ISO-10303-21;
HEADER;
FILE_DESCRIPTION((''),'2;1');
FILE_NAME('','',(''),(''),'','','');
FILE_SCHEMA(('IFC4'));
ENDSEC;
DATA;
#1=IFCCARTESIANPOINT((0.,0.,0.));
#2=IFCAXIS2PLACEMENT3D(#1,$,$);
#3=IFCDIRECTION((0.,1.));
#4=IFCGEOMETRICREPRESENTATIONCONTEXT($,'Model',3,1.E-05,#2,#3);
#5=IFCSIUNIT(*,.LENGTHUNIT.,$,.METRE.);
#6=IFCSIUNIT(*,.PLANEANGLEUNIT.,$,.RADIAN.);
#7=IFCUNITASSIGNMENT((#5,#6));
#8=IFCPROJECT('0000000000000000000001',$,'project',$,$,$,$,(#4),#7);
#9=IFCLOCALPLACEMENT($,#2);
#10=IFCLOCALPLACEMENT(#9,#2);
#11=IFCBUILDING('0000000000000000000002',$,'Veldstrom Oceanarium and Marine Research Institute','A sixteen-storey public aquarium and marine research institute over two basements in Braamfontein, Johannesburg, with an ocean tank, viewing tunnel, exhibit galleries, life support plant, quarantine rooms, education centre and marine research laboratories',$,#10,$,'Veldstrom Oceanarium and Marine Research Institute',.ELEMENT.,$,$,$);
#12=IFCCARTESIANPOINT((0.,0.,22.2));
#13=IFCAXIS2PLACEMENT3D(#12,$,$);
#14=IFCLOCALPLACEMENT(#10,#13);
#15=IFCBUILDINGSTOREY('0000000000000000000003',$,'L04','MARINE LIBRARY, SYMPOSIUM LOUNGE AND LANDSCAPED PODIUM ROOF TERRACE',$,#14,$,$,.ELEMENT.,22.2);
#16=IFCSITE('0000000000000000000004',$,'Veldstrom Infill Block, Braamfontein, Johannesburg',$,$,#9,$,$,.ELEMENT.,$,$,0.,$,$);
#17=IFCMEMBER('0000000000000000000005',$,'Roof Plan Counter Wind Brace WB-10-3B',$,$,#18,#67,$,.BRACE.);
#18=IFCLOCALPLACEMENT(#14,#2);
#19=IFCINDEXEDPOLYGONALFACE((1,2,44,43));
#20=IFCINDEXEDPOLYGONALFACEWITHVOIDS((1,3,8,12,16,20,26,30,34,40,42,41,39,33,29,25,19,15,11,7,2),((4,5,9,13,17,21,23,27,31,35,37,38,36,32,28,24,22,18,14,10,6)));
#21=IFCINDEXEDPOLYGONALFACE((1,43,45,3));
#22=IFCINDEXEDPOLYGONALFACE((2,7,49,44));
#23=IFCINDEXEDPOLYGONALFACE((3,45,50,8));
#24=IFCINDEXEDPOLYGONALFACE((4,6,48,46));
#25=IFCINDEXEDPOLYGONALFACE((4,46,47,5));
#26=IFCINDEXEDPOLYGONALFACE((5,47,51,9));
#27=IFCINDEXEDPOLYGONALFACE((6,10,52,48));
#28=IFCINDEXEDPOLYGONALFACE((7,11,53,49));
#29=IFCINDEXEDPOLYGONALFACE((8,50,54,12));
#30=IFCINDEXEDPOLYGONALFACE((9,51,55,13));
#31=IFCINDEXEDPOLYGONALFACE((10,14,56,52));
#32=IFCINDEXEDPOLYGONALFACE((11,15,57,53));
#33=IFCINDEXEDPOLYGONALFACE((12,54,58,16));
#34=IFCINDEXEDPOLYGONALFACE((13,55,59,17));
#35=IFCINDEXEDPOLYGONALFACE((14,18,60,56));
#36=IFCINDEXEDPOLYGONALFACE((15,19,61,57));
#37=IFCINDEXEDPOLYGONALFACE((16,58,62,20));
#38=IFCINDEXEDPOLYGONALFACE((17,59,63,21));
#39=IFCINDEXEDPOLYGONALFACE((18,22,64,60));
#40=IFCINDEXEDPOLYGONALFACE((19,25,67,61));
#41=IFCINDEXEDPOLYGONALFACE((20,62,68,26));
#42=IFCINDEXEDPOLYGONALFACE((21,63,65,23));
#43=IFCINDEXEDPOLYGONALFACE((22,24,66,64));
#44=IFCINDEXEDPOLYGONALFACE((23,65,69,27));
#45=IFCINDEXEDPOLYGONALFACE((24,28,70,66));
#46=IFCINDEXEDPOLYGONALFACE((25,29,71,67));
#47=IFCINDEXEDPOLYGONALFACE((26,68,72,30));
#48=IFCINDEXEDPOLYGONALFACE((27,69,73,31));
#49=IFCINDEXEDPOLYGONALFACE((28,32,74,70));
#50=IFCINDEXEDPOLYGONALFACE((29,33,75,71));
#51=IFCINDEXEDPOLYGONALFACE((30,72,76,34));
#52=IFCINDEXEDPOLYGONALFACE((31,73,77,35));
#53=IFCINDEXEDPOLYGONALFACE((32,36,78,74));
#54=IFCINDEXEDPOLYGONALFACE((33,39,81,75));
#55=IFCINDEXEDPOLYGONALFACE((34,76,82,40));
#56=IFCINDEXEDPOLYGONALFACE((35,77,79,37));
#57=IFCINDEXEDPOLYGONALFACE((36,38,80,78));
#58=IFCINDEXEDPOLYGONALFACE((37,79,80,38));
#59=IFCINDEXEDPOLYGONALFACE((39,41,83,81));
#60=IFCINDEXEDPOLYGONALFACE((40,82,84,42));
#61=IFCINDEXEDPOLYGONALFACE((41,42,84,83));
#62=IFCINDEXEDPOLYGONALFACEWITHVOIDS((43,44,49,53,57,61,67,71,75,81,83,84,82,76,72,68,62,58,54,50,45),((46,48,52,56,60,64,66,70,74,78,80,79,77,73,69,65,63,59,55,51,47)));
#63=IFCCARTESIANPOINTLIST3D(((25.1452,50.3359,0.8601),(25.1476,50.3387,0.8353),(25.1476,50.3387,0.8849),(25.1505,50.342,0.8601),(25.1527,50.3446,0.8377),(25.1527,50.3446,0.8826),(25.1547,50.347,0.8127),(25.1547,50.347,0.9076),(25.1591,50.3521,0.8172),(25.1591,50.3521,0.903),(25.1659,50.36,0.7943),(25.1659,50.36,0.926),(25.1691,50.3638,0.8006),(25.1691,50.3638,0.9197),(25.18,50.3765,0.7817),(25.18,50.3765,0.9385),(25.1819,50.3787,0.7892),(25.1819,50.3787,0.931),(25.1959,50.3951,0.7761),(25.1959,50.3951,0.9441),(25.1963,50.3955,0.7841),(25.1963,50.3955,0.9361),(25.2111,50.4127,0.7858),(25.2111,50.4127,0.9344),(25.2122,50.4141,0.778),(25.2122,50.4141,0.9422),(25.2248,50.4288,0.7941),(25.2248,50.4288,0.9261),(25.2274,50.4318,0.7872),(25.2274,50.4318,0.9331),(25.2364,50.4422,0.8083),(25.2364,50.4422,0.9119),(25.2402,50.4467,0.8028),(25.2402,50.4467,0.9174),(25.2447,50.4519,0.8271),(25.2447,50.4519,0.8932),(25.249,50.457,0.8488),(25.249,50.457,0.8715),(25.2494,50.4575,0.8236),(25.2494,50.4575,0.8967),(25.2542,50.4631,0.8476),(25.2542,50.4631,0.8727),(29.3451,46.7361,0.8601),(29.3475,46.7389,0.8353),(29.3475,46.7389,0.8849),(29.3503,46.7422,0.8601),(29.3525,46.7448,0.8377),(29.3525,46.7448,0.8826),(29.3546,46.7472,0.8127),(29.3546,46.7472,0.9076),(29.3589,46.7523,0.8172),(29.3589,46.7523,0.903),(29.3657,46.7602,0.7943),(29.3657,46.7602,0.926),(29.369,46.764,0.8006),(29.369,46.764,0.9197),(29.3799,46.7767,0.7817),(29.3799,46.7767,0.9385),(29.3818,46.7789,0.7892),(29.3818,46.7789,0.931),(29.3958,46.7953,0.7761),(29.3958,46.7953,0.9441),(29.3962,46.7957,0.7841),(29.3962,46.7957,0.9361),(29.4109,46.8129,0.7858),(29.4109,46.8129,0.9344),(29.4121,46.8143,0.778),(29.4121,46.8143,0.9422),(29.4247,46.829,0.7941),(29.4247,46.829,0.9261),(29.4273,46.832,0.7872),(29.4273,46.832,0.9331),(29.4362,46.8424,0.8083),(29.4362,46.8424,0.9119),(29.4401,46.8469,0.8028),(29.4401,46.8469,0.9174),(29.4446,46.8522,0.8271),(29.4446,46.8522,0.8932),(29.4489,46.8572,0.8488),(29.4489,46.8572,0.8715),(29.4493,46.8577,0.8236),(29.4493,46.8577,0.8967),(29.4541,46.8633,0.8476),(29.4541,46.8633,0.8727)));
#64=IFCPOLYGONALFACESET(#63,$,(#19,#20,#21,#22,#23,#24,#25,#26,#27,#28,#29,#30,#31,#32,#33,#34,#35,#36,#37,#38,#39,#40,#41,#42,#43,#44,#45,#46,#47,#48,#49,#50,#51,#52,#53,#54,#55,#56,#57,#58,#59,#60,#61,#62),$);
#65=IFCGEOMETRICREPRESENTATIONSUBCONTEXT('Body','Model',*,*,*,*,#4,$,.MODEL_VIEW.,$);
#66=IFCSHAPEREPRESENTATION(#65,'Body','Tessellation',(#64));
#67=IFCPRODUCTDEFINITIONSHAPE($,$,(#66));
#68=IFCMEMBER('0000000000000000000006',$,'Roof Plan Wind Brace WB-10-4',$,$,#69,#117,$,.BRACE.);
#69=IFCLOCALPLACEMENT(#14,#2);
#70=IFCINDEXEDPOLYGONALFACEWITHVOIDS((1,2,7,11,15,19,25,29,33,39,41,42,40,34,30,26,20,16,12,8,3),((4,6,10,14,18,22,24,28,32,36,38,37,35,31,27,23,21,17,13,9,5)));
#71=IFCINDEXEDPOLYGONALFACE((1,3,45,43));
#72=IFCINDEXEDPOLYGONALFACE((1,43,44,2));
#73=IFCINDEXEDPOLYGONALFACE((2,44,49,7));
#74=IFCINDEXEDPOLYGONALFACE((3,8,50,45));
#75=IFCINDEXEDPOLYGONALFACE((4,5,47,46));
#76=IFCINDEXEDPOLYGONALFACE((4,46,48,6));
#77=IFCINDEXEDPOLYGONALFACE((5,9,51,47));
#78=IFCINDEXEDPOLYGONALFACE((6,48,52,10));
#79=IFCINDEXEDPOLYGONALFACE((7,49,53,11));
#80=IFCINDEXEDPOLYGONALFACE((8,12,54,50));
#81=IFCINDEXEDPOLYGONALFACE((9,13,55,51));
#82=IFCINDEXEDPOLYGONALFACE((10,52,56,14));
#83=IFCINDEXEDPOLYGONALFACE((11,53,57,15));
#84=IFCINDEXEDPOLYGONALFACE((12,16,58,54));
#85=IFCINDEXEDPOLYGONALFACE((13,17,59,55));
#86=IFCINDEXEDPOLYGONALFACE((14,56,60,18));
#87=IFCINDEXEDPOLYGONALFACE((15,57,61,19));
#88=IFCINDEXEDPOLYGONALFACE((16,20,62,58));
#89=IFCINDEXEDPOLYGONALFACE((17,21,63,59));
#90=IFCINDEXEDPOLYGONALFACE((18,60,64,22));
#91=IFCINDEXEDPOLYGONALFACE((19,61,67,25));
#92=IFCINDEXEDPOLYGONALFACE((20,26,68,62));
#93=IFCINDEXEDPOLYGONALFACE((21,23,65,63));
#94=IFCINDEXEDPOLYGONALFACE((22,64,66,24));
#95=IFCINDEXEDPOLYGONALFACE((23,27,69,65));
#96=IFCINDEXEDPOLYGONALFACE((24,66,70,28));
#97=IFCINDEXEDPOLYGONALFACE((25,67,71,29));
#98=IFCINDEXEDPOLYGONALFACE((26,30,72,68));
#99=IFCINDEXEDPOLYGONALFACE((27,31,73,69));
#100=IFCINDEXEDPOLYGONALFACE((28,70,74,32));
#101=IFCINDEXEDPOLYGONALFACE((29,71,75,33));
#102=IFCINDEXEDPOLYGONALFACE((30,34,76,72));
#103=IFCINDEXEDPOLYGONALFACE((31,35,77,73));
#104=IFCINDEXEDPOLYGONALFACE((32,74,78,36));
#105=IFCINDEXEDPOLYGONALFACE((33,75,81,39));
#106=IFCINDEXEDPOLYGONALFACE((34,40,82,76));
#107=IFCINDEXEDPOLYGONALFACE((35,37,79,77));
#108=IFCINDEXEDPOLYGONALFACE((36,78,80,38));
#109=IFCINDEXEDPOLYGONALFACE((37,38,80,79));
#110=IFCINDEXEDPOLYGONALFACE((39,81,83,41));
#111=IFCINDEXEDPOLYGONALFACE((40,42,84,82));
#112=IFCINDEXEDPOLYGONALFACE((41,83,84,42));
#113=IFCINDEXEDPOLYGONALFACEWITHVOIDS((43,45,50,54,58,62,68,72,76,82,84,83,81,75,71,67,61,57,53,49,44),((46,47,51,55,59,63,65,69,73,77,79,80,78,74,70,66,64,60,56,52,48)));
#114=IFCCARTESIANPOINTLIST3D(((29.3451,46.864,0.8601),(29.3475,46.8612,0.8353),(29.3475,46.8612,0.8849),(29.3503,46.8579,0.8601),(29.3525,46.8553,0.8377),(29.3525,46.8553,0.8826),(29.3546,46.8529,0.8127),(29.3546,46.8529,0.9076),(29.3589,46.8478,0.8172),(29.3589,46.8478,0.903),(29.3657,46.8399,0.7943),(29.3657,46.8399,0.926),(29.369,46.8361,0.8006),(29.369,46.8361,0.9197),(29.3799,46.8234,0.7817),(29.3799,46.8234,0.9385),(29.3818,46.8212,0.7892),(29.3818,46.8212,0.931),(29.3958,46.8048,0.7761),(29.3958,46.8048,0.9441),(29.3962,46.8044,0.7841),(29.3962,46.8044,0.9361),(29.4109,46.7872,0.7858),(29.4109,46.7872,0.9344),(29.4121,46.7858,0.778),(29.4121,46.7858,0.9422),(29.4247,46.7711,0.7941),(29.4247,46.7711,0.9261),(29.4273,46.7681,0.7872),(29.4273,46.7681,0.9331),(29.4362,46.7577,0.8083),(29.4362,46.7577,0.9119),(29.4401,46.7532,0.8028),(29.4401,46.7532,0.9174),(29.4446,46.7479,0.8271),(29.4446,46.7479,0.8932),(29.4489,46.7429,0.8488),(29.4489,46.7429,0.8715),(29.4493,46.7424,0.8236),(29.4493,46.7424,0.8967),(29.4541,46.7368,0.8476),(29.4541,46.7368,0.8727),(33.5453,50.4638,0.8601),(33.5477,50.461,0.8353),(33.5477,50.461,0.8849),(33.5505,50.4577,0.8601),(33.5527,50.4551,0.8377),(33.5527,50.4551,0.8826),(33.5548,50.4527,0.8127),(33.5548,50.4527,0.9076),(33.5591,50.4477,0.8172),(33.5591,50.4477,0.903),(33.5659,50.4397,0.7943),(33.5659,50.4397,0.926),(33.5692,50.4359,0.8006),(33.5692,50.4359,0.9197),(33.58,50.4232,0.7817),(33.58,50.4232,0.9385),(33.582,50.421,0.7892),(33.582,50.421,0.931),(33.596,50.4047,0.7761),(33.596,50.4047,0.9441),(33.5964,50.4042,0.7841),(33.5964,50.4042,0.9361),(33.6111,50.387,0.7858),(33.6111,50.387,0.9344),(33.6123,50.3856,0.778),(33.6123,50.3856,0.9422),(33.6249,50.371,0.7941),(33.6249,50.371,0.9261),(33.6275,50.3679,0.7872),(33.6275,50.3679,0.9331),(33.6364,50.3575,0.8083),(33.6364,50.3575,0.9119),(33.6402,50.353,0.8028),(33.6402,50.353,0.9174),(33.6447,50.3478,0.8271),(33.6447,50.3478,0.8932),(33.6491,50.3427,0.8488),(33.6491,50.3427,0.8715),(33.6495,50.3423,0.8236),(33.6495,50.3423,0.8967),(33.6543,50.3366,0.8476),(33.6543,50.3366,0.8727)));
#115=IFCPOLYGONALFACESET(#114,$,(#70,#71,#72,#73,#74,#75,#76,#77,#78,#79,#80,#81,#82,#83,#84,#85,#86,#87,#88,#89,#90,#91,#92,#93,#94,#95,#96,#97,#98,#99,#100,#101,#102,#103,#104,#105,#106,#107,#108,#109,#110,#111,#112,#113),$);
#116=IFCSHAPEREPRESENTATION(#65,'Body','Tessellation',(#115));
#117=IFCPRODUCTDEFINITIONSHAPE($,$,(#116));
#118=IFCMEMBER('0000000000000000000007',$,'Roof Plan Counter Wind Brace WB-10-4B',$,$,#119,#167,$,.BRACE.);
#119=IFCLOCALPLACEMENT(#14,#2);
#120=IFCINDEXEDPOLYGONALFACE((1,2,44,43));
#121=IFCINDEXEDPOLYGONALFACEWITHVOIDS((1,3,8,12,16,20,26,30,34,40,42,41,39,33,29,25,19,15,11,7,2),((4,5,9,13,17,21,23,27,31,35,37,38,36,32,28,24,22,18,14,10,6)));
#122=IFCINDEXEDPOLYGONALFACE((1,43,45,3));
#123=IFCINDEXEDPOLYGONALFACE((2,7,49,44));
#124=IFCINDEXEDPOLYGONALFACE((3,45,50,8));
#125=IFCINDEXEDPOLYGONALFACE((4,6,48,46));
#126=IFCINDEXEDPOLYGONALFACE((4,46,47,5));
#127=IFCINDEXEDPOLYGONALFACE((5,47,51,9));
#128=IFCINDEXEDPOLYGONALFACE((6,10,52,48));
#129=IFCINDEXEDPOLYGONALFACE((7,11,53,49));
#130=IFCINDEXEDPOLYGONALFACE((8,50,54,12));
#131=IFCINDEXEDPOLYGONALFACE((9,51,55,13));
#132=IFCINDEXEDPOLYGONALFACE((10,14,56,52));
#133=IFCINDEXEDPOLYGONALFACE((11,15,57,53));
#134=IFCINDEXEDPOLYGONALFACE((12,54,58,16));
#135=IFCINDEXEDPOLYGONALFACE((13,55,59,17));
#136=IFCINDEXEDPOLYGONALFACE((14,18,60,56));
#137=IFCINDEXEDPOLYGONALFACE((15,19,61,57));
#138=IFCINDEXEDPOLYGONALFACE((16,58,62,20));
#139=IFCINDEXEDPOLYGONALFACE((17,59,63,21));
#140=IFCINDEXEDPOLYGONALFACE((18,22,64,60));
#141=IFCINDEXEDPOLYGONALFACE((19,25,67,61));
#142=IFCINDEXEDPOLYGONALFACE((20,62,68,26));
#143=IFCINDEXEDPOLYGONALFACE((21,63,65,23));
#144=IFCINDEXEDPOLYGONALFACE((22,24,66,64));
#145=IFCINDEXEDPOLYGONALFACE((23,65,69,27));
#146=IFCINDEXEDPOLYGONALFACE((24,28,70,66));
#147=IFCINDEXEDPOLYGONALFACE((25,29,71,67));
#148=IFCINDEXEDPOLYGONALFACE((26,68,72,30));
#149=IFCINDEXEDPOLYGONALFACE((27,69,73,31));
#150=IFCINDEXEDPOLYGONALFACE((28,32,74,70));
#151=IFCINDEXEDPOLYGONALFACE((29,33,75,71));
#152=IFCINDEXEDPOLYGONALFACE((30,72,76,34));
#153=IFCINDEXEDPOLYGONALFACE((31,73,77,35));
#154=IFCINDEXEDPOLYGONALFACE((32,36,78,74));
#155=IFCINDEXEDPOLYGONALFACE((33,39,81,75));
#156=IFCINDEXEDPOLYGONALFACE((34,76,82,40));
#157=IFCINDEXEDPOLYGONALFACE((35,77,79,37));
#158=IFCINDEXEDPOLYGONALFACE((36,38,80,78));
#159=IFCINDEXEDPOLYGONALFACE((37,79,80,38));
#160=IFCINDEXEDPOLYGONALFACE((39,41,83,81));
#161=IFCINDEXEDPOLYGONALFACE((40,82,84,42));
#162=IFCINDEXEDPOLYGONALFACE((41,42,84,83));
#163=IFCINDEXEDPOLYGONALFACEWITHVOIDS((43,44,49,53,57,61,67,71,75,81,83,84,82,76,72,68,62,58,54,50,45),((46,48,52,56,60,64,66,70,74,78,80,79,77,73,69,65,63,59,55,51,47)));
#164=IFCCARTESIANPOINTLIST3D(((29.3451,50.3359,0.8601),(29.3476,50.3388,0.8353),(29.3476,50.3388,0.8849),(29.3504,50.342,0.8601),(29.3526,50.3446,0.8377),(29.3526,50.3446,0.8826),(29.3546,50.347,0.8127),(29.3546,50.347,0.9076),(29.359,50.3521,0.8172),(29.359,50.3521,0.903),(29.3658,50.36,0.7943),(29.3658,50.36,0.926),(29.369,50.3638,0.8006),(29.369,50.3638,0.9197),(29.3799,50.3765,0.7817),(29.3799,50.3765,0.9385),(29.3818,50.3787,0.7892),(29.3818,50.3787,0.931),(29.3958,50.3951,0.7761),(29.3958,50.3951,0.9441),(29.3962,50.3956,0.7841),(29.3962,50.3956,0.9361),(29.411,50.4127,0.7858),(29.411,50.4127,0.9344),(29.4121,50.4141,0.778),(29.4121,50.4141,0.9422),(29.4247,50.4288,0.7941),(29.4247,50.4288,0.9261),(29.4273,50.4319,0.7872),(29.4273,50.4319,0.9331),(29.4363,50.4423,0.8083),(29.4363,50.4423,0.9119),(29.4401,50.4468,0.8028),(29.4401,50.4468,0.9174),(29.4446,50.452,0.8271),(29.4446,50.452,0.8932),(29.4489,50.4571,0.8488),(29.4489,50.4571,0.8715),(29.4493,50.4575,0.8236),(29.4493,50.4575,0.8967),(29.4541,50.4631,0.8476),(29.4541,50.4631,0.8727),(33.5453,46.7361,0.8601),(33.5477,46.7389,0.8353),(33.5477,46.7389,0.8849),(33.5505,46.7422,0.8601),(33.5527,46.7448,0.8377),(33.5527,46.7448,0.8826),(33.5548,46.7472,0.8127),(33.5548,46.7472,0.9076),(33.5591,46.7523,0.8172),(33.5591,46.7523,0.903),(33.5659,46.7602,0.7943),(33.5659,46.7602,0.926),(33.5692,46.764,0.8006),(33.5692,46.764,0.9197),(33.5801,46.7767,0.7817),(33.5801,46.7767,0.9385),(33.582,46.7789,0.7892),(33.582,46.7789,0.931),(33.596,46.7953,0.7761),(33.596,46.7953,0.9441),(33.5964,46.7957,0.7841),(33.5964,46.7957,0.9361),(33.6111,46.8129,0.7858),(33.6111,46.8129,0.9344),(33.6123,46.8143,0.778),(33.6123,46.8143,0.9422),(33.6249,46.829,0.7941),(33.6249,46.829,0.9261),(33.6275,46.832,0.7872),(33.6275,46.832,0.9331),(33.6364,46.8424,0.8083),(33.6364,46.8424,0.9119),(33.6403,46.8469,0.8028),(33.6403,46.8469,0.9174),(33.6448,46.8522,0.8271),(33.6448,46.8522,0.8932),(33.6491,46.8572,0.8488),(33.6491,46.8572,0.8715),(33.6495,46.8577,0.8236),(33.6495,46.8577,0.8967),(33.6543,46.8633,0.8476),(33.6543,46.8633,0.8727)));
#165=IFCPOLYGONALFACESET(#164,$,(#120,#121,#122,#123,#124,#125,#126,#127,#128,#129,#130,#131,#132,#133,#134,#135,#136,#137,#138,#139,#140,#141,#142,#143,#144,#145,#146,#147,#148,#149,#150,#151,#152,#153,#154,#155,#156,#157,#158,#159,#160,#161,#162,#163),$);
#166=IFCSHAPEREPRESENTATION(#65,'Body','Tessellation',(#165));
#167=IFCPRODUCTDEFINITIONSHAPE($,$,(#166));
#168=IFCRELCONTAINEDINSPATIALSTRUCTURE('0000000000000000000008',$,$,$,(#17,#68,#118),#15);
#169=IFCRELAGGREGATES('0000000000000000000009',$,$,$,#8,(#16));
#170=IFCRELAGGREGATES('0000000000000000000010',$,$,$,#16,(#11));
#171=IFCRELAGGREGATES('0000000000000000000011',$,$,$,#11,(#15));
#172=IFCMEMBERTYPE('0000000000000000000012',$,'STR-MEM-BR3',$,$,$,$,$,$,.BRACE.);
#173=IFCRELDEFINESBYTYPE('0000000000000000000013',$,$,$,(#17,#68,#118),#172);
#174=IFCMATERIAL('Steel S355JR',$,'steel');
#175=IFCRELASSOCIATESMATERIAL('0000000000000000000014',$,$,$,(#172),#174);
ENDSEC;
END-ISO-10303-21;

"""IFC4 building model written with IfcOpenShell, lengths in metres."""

from ifc_helpers import new_model, si_unit, direction, frame, origin, origin_2d, place, context, subcontext, project, spatial, hollow_circle, extrude, material, material_profile, profile_set, type_object, element, save


model = new_model("IFC4")

# Units and contexts
model_context = context("Model", 3, precision=1e-05, world=origin(), true_north=direction((0.0, 1.0)))
body_context = subcontext(model_context, "Body", "Model", "MODEL_VIEW")
ifc_project = project(units=[si_unit("LENGTHUNIT", "METRE"), si_unit("PLANEANGLEUNIT", "RADIAN")], contexts=[model_context])

# Site, building, storey
site_placement = place(None, origin())
site = spatial("IfcSite", under=ifc_project, at=site_placement, Name="Veldstrom Infill Block, Braamfontein, Johannesburg", CompositionType="ELEMENT", RefElevation=0.0)
building_placement = place(site_placement, origin())
building = spatial("IfcBuilding", under=site, at=building_placement, Name="Veldstrom Oceanarium and Marine Research Institute", Description="A sixteen-storey public aquarium and marine research institute over two basements in Braamfontein, Johannesburg, with an ocean tank, viewing tunnel, exhibit galleries, life support plant, quarantine rooms, education centre and marine research laboratories", LongName="Veldstrom Oceanarium and Marine Research Institute", CompositionType="ELEMENT")
storey_placement = place(building_placement, frame((0.0, 0.0, 22.2)))
storey = spatial("IfcBuildingStorey", under=building, at=storey_placement, Name="L04", Description="MARINE LIBRARY, SYMPOSIUM LOUNGE AND LANDSCAPED PODIUM ROOF TERRACE", CompositionType="ELEMENT", Elevation=22.2)

# Members
ifc_material_1 = material(Name="Steel S355JR", Category="steel")
ifc_material_profile_1 = material_profile(ifc_material_1, hollow_circle(Radius=0.0842, WallThickness=0.0081, at=origin_2d()), Name="CHS 168.3x8")
ifc_profile_set_1 = profile_set([ifc_material_profile_1], Name="Steel S355JR")
member_type_1 = type_object("IfcMemberType", Name="STR-MEM-BR3", PredefinedType="BRACE", material=ifc_profile_set_1)
member_1_placement = place(storey_placement, frame((29.3999, 46.8, 0.8601), z_axis=(-0.759266, 0.65078, 0.0), x_axis=(-0.65078, -0.759266, 0.0)))
element("IfcMember", 1, at=member_1_placement, inside=storey, type_object=member_type_1, Name="Roof Plan Counter Wind Brace WB-10-3B", PredefinedType="BRACE", context=body_context, shape_type="SweptSolid", body=[
    extrude(hollow_circle(Radius=0.0842, WallThickness=0.0081, at=origin_2d()), origin(), (0.0, 0.0, 1.0), 5.5315),
])
for number, where, z_axis, x_axis, name in (
    (2, (29.3999, 46.8, 0.8601), (0.759285, 0.650759, 0.0), (-0.650759, 0.759285, 0.0), "Roof Plan Wind Brace WB-10-4"),
    (3, (33.6001, 46.8, 0.8601), (-0.759285, 0.650759, 0.0), (-0.650759, -0.759285, 0.0), "Roof Plan Counter Wind Brace WB-10-4B"),
):
    element("IfcMember", number, at=place(storey_placement, frame(where, z_axis=z_axis, x_axis=x_axis)), inside=storey, type_object=member_type_1, Name=name, PredefinedType="BRACE", context=body_context, shape_type="SweptSolid", body=[
        extrude(hollow_circle(Radius=0.0842, WallThickness=0.0081, at=origin_2d()), origin(), (0.0, 0.0, 1.0), 5.5317),
    ])

save(model, "model.ifc")
